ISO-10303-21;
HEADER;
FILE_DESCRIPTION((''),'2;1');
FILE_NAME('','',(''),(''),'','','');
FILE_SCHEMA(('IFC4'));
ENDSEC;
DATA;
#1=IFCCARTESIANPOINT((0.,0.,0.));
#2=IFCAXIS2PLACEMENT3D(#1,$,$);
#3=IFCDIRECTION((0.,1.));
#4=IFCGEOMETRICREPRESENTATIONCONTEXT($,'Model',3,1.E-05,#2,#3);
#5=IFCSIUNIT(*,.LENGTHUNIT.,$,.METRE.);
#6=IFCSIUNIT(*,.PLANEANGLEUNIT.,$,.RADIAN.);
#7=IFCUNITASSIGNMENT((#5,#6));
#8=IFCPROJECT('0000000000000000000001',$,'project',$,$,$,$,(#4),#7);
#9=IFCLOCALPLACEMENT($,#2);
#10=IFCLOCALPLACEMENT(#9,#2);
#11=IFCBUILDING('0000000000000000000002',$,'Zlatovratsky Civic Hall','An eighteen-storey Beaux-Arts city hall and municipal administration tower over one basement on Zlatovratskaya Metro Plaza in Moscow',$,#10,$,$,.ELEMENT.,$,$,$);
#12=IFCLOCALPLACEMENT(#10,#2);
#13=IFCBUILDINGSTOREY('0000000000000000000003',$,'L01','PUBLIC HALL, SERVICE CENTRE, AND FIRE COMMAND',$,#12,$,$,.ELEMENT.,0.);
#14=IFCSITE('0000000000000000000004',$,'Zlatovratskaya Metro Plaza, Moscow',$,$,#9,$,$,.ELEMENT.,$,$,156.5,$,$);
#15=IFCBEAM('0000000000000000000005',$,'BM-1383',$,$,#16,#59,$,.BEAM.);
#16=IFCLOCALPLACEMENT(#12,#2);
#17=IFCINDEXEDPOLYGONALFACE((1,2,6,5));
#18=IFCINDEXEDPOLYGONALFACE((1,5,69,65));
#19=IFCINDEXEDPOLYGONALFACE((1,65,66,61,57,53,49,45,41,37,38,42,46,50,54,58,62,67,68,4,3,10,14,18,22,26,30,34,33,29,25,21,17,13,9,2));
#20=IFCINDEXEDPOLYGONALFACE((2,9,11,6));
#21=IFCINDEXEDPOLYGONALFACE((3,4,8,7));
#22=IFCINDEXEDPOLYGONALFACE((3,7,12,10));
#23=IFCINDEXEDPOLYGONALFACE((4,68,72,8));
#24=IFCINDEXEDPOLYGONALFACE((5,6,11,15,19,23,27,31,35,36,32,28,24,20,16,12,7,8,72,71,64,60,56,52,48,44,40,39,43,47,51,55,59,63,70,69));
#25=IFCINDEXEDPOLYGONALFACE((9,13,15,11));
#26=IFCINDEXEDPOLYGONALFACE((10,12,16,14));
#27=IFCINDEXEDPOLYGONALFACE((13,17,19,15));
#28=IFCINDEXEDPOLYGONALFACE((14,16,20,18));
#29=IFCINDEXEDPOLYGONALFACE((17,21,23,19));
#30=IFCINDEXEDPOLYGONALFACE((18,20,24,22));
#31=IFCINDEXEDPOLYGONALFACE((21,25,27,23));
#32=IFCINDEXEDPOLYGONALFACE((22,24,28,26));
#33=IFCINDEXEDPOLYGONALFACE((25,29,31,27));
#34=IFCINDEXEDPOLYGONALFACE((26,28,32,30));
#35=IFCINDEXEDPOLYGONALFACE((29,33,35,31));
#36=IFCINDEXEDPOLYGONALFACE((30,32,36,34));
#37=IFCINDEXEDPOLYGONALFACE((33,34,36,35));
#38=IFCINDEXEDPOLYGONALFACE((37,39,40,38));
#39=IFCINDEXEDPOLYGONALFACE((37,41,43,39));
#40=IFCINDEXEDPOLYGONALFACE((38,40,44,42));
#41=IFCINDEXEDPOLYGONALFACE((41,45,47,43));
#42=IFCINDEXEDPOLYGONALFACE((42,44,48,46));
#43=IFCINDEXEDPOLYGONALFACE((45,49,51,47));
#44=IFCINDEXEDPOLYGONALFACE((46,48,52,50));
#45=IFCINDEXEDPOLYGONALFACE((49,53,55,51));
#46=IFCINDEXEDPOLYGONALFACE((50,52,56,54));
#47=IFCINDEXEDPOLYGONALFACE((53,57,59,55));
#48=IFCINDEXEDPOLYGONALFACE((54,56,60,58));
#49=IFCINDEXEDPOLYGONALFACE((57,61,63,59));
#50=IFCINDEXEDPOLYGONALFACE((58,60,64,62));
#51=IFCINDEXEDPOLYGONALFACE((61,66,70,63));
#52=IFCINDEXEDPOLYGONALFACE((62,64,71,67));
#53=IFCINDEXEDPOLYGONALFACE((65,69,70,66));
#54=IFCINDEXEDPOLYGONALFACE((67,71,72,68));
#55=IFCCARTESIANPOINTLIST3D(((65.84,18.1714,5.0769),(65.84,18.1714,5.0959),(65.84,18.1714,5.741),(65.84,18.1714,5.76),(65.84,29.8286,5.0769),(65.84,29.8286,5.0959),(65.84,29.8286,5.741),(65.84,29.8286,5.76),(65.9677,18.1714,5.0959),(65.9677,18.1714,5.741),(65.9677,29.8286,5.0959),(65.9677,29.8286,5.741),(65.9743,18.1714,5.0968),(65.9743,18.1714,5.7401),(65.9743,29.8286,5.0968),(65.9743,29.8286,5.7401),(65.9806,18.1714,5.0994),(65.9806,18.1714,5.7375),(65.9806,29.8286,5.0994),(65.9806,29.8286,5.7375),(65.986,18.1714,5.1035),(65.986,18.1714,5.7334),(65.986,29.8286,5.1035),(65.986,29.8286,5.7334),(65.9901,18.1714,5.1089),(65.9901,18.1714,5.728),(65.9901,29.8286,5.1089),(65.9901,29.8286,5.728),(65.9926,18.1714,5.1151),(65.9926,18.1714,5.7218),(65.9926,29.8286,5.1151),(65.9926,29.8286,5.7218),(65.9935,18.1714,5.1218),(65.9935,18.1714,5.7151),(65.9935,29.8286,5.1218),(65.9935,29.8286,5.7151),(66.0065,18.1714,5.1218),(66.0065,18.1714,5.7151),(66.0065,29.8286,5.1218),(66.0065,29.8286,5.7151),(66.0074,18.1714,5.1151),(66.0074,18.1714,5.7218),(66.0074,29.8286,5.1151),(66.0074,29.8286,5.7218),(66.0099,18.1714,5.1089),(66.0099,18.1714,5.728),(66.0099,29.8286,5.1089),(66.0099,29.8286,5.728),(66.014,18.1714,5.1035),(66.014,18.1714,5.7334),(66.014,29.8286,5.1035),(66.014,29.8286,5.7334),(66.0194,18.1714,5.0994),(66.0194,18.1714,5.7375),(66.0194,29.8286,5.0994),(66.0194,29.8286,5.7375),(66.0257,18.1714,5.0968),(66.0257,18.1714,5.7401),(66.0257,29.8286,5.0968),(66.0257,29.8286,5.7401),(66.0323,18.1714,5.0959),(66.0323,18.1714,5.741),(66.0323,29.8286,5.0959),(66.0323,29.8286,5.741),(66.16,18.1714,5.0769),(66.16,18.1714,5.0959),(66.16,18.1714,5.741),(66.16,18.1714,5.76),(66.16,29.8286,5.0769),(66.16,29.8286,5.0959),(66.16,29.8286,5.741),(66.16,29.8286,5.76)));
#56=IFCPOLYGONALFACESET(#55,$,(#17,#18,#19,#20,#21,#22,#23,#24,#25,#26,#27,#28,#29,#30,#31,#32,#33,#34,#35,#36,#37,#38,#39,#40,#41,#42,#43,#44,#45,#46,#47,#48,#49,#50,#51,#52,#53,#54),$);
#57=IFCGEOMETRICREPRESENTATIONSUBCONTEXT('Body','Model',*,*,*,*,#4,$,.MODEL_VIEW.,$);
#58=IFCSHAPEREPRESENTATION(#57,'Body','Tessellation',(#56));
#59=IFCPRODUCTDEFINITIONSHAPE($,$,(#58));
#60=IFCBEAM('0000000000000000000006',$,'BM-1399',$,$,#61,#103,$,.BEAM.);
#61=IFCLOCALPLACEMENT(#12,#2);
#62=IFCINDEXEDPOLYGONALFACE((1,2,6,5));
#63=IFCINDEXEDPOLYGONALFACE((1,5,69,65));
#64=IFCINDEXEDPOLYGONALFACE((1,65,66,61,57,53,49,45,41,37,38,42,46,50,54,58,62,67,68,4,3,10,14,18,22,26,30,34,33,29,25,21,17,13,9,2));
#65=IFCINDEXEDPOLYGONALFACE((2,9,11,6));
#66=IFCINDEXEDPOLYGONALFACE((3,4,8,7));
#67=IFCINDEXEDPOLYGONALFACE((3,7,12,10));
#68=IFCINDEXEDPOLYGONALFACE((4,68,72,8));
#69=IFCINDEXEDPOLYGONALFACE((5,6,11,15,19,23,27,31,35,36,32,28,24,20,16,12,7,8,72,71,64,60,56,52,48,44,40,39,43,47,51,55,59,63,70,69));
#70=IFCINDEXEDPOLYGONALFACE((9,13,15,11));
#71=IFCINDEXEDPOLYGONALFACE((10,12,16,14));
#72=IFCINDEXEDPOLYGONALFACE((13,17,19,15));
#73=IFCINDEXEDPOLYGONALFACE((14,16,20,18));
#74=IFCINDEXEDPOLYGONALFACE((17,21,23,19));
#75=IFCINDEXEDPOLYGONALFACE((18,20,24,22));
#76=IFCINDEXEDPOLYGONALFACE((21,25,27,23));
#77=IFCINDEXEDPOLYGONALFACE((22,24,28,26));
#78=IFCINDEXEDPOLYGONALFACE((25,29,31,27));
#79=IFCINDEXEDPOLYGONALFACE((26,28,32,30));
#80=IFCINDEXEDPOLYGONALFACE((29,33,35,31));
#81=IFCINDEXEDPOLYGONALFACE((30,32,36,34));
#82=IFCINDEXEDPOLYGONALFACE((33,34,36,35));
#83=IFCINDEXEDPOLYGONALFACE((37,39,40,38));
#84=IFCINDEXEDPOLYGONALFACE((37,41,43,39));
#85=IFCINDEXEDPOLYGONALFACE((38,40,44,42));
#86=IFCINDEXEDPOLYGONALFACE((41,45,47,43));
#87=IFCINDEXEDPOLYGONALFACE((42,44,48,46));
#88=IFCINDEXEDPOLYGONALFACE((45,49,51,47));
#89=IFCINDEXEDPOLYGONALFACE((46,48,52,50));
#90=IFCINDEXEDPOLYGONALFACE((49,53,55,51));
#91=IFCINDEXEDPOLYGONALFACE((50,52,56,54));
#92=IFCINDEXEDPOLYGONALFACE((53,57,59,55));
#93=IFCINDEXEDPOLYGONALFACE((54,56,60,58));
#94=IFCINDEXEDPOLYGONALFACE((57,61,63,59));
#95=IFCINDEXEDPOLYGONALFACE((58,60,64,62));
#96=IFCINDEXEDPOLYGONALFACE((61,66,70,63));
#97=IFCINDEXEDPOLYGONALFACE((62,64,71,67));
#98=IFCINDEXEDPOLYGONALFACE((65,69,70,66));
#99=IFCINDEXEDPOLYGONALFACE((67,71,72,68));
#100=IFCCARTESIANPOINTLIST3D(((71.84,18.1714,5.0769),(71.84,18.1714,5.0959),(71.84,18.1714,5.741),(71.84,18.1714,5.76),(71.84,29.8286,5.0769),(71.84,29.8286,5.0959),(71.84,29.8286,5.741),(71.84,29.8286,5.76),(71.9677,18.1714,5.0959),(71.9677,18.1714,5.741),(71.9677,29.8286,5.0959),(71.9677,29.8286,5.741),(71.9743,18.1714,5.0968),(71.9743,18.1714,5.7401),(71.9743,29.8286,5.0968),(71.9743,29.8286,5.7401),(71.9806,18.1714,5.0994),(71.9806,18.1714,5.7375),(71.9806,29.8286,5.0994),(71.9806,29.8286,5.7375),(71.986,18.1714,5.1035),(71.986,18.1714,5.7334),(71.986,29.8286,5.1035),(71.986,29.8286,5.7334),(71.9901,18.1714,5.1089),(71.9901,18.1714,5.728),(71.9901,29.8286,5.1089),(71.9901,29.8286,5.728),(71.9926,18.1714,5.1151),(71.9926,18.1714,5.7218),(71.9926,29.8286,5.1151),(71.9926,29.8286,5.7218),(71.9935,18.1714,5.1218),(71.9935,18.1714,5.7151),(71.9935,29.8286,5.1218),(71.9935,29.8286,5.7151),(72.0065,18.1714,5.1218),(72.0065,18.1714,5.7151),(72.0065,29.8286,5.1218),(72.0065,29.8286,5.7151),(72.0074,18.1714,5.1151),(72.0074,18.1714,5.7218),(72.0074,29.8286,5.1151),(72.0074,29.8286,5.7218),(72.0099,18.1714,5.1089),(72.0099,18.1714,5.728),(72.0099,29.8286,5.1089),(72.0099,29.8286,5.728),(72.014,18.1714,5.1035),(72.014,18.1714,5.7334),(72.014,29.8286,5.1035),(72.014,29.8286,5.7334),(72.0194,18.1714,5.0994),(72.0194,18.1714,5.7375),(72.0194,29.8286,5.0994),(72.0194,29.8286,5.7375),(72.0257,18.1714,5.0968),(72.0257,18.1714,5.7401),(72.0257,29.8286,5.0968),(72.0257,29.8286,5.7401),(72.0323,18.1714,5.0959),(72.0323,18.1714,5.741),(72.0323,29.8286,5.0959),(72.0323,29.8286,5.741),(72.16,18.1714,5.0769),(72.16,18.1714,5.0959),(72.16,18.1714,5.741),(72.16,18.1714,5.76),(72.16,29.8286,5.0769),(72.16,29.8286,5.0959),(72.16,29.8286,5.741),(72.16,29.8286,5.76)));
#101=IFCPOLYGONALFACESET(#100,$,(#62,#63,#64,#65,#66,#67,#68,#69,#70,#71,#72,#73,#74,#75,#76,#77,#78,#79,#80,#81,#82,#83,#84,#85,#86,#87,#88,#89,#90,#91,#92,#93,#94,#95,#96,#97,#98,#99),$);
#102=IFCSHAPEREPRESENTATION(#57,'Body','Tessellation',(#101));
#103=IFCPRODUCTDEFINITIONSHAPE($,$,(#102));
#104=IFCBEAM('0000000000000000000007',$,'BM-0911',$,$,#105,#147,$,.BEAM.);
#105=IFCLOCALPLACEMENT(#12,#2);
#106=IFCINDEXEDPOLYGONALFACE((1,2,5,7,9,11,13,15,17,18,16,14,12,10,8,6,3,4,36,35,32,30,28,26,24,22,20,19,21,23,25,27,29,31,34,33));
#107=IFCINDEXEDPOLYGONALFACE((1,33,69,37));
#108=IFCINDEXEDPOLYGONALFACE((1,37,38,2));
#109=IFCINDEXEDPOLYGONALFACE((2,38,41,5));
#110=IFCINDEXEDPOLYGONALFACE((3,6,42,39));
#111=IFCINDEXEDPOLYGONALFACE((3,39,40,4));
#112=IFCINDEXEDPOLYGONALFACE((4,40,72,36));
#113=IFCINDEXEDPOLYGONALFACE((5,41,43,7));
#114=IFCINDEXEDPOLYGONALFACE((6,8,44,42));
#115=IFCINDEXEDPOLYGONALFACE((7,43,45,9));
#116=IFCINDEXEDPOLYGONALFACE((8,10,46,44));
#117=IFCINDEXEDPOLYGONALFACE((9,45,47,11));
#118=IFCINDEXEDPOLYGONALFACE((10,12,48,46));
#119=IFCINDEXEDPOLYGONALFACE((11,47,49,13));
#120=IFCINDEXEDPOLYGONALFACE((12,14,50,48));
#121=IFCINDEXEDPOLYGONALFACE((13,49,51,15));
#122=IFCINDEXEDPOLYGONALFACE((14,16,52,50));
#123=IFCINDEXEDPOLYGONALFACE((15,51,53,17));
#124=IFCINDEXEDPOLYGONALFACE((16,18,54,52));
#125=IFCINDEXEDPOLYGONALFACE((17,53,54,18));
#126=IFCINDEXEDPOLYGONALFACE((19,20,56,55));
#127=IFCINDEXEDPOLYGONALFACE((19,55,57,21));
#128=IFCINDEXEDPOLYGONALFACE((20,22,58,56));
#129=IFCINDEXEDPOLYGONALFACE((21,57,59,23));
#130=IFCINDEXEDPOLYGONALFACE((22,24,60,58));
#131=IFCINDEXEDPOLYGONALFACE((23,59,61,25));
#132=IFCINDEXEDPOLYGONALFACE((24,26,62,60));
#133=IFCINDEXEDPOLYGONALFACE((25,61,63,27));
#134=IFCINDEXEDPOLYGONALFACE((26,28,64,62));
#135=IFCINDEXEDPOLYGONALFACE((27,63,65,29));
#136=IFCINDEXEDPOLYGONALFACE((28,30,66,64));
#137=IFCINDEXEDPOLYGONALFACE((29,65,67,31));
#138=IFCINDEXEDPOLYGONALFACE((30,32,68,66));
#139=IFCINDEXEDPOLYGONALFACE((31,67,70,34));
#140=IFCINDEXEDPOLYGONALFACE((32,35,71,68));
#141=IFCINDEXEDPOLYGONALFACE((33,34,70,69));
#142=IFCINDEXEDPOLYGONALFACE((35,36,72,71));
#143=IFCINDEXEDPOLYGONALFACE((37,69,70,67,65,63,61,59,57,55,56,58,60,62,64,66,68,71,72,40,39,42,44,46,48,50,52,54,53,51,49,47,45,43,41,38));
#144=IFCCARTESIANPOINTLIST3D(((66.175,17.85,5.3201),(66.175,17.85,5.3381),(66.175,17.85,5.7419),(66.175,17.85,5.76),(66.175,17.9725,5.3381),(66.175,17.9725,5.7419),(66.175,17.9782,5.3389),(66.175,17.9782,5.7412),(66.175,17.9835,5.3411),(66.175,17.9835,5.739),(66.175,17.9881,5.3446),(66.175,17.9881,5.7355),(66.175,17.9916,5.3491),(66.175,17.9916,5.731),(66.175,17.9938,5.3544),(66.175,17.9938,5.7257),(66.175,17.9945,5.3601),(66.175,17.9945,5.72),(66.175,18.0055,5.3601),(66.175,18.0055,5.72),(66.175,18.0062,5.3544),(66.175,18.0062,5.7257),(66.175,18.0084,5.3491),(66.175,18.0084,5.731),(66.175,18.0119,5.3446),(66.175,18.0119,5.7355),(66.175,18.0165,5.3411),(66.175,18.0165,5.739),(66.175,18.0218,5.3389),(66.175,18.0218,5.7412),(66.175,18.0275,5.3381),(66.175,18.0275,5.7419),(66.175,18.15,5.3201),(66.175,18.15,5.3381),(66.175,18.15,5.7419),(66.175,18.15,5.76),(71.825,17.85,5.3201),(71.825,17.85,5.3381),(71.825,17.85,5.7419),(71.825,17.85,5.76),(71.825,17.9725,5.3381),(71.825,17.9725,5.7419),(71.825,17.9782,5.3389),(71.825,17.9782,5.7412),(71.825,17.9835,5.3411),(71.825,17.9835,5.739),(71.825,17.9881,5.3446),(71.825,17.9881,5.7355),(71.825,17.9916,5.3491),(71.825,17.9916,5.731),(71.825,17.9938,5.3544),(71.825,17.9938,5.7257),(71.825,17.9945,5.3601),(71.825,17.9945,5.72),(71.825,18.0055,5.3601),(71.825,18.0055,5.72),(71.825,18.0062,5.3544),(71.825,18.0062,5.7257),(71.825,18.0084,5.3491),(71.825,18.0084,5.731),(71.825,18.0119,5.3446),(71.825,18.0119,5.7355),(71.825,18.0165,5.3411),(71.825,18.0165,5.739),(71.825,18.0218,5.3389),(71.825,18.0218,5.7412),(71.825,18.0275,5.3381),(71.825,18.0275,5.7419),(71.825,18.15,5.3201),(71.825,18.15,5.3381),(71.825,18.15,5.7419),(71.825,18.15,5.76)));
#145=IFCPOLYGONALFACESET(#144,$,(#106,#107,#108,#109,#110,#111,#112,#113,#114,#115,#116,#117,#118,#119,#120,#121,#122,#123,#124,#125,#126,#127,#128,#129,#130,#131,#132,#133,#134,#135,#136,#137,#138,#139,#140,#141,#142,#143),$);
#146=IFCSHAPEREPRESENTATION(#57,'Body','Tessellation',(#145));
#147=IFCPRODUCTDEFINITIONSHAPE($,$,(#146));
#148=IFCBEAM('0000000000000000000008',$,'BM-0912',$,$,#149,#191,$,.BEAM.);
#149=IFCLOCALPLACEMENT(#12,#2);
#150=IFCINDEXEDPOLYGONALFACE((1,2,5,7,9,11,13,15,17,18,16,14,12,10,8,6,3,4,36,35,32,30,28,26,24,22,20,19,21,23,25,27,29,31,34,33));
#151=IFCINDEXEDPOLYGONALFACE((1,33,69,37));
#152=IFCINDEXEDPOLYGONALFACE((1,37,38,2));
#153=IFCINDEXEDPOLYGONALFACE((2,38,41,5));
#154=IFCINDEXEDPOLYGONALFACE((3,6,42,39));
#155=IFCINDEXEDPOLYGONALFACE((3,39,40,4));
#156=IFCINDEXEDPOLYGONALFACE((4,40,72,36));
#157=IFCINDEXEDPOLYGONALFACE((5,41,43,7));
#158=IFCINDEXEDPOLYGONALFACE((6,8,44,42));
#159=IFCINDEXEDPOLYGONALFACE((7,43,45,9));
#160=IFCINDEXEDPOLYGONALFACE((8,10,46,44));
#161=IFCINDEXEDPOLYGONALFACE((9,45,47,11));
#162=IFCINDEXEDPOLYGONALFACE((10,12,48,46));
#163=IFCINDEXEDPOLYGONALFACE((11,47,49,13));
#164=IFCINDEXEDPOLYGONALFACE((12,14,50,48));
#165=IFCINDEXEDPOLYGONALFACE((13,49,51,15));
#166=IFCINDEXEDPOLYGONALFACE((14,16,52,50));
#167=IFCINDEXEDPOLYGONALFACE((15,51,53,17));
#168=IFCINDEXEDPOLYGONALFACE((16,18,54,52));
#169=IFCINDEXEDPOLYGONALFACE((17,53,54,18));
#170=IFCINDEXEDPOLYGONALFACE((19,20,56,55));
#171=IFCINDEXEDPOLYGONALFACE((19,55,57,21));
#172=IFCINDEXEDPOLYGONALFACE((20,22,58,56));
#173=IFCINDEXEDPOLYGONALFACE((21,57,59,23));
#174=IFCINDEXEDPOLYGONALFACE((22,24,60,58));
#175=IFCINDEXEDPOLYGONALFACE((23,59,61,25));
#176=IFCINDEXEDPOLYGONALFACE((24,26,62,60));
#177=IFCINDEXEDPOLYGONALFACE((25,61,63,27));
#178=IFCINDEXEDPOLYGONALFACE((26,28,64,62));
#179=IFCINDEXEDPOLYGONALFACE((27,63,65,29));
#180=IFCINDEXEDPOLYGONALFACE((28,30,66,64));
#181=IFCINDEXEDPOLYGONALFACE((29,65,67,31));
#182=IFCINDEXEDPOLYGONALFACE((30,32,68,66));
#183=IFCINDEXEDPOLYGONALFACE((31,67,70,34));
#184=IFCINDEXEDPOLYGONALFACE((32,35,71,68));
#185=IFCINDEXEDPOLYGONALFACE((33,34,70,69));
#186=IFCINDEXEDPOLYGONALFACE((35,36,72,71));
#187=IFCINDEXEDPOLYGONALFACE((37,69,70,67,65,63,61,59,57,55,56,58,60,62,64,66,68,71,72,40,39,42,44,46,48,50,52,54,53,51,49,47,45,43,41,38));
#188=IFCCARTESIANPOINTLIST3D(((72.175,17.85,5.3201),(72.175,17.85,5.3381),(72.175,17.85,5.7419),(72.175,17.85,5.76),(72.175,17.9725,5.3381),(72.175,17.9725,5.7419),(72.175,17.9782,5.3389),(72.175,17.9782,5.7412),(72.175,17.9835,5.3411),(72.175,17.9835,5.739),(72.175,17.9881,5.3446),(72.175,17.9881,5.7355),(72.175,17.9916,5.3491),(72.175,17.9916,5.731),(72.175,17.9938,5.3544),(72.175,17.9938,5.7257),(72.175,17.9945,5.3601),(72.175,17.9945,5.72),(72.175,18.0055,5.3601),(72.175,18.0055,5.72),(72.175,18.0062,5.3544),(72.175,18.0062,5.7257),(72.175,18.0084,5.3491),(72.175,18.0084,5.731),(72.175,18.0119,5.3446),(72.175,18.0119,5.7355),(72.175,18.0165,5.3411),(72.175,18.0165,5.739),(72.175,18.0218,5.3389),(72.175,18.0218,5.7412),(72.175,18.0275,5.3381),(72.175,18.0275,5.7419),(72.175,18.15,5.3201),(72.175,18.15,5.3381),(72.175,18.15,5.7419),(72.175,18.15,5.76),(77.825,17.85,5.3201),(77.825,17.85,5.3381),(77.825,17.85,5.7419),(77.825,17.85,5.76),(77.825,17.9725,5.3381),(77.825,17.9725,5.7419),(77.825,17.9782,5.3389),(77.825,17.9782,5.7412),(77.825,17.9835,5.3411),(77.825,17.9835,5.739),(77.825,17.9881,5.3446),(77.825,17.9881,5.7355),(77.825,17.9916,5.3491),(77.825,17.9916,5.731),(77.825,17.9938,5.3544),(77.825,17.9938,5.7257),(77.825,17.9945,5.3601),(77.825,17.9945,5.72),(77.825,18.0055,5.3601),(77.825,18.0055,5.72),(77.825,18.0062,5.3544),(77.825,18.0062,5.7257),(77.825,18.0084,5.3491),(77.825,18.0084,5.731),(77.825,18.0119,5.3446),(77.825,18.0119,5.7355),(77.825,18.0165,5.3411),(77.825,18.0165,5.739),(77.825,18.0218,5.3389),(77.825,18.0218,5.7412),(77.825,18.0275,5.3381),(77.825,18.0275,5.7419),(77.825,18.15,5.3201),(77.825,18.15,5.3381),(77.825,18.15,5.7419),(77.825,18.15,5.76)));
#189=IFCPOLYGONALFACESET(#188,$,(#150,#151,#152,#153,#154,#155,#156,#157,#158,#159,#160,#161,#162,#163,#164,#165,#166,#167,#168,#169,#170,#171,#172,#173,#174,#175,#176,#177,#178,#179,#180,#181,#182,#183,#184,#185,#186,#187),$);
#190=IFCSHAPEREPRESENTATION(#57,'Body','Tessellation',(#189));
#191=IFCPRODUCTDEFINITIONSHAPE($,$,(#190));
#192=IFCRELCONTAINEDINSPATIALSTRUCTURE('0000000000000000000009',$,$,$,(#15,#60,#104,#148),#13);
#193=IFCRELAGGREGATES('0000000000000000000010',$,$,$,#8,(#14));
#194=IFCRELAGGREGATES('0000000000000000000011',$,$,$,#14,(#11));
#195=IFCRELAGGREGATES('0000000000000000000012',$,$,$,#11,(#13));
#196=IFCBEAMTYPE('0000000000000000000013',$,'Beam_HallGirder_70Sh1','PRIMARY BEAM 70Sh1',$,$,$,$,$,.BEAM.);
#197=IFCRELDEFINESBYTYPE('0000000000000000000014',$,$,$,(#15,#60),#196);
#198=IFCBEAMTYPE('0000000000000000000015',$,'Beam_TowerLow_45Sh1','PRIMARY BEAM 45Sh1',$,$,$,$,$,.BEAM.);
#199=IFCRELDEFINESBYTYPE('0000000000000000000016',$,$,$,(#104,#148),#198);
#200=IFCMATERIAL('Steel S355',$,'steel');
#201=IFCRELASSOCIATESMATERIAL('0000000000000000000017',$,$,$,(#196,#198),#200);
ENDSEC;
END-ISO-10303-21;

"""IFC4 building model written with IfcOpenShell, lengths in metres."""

from ifc_helpers import new_model, si_unit, direction, frame, origin, origin_2d, place, context, subcontext, project, spatial, i_section, extrude, material, material_profile, profile_set, type_object, element, save


model = new_model("IFC4")

# Units and contexts
model_context = context("Model", 3, precision=1e-05, world=origin(), true_north=direction((0.0, 1.0)))
body_context = subcontext(model_context, "Body", "Model", "MODEL_VIEW")
ifc_project = project(units=[si_unit("LENGTHUNIT", "METRE"), si_unit("PLANEANGLEUNIT", "RADIAN")], contexts=[model_context])

# Site, building, storey
site_placement = place(None, origin())
site = spatial("IfcSite", under=ifc_project, at=site_placement, Name="Zlatovratskaya Metro Plaza, Moscow", CompositionType="ELEMENT", RefElevation=156.5)
building_placement = place(site_placement, origin())
building = spatial("IfcBuilding", under=site, at=building_placement, Name="Zlatovratsky Civic Hall", Description="An eighteen-storey Beaux-Arts city hall and municipal administration tower over one basement on Zlatovratskaya Metro Plaza in Moscow", CompositionType="ELEMENT")
storey_placement = place(building_placement, origin())
storey = spatial("IfcBuildingStorey", under=building, at=storey_placement, Name="L01", Description="PUBLIC HALL, SERVICE CENTRE, AND FIRE COMMAND", CompositionType="ELEMENT", Elevation=0.0)

# Shared definitions
ifc_material_1 = material(Name="Steel S355", Category="steel")

# Beams
ifc_material_profile_1 = material_profile(ifc_material_1, i_section(OverallWidth=0.3201, OverallDepth=0.6831, WebThickness=0.0129, FlangeThickness=0.019, FilletRadius=0.0259, at=origin_2d()), Name="70Sh1")
ifc_profile_set_1 = profile_set([ifc_material_profile_1], Name="Steel S355")
beam_type_1 = type_object("IfcBeamType", Name="Beam_HallGirder_70Sh1", Description="PRIMARY BEAM 70Sh1", PredefinedType="BEAM", material=ifc_profile_set_1)
for number, where, z_axis, x_axis, name in (
    (1, (66.0, 18.1714, 5.4185), (0.0, 1.0, 0.0), (-1.0, 0.0, 0.0), "BM-1383"),
    (2, (72.0, 18.1714, 5.4185), (0.0, 1.0, 0.0), (-1.0, 0.0, 0.0), "BM-1399"),
):
    element("IfcBeam", number, at=place(storey_placement, frame(where, z_axis=z_axis, x_axis=x_axis)), inside=storey, type_object=beam_type_1, Name=name, PredefinedType="BEAM", context=body_context, shape_type="SweptSolid", body=[
        extrude(i_section(OverallWidth=0.3201, OverallDepth=0.6831, WebThickness=0.0129, FlangeThickness=0.019, FilletRadius=0.0259, at=origin_2d()), origin(), (0.0, 0.0, 1.0), 11.6572),
    ])
ifc_material_profile_2 = material_profile(ifc_material_1, i_section(OverallWidth=0.3, OverallDepth=0.4399, WebThickness=0.011, FlangeThickness=0.0181, FilletRadius=0.022, at=origin_2d()), Name="45Sh1")
ifc_profile_set_2 = profile_set([ifc_material_profile_2], Name="Steel S355")
beam_type_2 = type_object("IfcBeamType", Name="Beam_TowerLow_45Sh1", Description="PRIMARY BEAM 45Sh1", PredefinedType="BEAM", material=ifc_profile_set_2)
for number, where, z_axis, x_axis, name in (
    (3, (66.175, 18.0, 5.54), (1.0, 0.0, 0.0), (0.0, 1.0, 0.0), "BM-0911"),
    (4, (72.175, 18.0, 5.54), (1.0, 0.0, 0.0), (0.0, 1.0, 0.0), "BM-0912"),
):
    element("IfcBeam", number, at=place(storey_placement, frame(where, z_axis=z_axis, x_axis=x_axis)), inside=storey, type_object=beam_type_2, Name=name, PredefinedType="BEAM", context=body_context, shape_type="SweptSolid", body=[
        extrude(i_section(OverallWidth=0.3, OverallDepth=0.4399, WebThickness=0.011, FlangeThickness=0.0181, FilletRadius=0.022, at=origin_2d()), origin(), (0.0, 0.0, 1.0), 5.6499),
    ])

save(model, "model.ifc")
